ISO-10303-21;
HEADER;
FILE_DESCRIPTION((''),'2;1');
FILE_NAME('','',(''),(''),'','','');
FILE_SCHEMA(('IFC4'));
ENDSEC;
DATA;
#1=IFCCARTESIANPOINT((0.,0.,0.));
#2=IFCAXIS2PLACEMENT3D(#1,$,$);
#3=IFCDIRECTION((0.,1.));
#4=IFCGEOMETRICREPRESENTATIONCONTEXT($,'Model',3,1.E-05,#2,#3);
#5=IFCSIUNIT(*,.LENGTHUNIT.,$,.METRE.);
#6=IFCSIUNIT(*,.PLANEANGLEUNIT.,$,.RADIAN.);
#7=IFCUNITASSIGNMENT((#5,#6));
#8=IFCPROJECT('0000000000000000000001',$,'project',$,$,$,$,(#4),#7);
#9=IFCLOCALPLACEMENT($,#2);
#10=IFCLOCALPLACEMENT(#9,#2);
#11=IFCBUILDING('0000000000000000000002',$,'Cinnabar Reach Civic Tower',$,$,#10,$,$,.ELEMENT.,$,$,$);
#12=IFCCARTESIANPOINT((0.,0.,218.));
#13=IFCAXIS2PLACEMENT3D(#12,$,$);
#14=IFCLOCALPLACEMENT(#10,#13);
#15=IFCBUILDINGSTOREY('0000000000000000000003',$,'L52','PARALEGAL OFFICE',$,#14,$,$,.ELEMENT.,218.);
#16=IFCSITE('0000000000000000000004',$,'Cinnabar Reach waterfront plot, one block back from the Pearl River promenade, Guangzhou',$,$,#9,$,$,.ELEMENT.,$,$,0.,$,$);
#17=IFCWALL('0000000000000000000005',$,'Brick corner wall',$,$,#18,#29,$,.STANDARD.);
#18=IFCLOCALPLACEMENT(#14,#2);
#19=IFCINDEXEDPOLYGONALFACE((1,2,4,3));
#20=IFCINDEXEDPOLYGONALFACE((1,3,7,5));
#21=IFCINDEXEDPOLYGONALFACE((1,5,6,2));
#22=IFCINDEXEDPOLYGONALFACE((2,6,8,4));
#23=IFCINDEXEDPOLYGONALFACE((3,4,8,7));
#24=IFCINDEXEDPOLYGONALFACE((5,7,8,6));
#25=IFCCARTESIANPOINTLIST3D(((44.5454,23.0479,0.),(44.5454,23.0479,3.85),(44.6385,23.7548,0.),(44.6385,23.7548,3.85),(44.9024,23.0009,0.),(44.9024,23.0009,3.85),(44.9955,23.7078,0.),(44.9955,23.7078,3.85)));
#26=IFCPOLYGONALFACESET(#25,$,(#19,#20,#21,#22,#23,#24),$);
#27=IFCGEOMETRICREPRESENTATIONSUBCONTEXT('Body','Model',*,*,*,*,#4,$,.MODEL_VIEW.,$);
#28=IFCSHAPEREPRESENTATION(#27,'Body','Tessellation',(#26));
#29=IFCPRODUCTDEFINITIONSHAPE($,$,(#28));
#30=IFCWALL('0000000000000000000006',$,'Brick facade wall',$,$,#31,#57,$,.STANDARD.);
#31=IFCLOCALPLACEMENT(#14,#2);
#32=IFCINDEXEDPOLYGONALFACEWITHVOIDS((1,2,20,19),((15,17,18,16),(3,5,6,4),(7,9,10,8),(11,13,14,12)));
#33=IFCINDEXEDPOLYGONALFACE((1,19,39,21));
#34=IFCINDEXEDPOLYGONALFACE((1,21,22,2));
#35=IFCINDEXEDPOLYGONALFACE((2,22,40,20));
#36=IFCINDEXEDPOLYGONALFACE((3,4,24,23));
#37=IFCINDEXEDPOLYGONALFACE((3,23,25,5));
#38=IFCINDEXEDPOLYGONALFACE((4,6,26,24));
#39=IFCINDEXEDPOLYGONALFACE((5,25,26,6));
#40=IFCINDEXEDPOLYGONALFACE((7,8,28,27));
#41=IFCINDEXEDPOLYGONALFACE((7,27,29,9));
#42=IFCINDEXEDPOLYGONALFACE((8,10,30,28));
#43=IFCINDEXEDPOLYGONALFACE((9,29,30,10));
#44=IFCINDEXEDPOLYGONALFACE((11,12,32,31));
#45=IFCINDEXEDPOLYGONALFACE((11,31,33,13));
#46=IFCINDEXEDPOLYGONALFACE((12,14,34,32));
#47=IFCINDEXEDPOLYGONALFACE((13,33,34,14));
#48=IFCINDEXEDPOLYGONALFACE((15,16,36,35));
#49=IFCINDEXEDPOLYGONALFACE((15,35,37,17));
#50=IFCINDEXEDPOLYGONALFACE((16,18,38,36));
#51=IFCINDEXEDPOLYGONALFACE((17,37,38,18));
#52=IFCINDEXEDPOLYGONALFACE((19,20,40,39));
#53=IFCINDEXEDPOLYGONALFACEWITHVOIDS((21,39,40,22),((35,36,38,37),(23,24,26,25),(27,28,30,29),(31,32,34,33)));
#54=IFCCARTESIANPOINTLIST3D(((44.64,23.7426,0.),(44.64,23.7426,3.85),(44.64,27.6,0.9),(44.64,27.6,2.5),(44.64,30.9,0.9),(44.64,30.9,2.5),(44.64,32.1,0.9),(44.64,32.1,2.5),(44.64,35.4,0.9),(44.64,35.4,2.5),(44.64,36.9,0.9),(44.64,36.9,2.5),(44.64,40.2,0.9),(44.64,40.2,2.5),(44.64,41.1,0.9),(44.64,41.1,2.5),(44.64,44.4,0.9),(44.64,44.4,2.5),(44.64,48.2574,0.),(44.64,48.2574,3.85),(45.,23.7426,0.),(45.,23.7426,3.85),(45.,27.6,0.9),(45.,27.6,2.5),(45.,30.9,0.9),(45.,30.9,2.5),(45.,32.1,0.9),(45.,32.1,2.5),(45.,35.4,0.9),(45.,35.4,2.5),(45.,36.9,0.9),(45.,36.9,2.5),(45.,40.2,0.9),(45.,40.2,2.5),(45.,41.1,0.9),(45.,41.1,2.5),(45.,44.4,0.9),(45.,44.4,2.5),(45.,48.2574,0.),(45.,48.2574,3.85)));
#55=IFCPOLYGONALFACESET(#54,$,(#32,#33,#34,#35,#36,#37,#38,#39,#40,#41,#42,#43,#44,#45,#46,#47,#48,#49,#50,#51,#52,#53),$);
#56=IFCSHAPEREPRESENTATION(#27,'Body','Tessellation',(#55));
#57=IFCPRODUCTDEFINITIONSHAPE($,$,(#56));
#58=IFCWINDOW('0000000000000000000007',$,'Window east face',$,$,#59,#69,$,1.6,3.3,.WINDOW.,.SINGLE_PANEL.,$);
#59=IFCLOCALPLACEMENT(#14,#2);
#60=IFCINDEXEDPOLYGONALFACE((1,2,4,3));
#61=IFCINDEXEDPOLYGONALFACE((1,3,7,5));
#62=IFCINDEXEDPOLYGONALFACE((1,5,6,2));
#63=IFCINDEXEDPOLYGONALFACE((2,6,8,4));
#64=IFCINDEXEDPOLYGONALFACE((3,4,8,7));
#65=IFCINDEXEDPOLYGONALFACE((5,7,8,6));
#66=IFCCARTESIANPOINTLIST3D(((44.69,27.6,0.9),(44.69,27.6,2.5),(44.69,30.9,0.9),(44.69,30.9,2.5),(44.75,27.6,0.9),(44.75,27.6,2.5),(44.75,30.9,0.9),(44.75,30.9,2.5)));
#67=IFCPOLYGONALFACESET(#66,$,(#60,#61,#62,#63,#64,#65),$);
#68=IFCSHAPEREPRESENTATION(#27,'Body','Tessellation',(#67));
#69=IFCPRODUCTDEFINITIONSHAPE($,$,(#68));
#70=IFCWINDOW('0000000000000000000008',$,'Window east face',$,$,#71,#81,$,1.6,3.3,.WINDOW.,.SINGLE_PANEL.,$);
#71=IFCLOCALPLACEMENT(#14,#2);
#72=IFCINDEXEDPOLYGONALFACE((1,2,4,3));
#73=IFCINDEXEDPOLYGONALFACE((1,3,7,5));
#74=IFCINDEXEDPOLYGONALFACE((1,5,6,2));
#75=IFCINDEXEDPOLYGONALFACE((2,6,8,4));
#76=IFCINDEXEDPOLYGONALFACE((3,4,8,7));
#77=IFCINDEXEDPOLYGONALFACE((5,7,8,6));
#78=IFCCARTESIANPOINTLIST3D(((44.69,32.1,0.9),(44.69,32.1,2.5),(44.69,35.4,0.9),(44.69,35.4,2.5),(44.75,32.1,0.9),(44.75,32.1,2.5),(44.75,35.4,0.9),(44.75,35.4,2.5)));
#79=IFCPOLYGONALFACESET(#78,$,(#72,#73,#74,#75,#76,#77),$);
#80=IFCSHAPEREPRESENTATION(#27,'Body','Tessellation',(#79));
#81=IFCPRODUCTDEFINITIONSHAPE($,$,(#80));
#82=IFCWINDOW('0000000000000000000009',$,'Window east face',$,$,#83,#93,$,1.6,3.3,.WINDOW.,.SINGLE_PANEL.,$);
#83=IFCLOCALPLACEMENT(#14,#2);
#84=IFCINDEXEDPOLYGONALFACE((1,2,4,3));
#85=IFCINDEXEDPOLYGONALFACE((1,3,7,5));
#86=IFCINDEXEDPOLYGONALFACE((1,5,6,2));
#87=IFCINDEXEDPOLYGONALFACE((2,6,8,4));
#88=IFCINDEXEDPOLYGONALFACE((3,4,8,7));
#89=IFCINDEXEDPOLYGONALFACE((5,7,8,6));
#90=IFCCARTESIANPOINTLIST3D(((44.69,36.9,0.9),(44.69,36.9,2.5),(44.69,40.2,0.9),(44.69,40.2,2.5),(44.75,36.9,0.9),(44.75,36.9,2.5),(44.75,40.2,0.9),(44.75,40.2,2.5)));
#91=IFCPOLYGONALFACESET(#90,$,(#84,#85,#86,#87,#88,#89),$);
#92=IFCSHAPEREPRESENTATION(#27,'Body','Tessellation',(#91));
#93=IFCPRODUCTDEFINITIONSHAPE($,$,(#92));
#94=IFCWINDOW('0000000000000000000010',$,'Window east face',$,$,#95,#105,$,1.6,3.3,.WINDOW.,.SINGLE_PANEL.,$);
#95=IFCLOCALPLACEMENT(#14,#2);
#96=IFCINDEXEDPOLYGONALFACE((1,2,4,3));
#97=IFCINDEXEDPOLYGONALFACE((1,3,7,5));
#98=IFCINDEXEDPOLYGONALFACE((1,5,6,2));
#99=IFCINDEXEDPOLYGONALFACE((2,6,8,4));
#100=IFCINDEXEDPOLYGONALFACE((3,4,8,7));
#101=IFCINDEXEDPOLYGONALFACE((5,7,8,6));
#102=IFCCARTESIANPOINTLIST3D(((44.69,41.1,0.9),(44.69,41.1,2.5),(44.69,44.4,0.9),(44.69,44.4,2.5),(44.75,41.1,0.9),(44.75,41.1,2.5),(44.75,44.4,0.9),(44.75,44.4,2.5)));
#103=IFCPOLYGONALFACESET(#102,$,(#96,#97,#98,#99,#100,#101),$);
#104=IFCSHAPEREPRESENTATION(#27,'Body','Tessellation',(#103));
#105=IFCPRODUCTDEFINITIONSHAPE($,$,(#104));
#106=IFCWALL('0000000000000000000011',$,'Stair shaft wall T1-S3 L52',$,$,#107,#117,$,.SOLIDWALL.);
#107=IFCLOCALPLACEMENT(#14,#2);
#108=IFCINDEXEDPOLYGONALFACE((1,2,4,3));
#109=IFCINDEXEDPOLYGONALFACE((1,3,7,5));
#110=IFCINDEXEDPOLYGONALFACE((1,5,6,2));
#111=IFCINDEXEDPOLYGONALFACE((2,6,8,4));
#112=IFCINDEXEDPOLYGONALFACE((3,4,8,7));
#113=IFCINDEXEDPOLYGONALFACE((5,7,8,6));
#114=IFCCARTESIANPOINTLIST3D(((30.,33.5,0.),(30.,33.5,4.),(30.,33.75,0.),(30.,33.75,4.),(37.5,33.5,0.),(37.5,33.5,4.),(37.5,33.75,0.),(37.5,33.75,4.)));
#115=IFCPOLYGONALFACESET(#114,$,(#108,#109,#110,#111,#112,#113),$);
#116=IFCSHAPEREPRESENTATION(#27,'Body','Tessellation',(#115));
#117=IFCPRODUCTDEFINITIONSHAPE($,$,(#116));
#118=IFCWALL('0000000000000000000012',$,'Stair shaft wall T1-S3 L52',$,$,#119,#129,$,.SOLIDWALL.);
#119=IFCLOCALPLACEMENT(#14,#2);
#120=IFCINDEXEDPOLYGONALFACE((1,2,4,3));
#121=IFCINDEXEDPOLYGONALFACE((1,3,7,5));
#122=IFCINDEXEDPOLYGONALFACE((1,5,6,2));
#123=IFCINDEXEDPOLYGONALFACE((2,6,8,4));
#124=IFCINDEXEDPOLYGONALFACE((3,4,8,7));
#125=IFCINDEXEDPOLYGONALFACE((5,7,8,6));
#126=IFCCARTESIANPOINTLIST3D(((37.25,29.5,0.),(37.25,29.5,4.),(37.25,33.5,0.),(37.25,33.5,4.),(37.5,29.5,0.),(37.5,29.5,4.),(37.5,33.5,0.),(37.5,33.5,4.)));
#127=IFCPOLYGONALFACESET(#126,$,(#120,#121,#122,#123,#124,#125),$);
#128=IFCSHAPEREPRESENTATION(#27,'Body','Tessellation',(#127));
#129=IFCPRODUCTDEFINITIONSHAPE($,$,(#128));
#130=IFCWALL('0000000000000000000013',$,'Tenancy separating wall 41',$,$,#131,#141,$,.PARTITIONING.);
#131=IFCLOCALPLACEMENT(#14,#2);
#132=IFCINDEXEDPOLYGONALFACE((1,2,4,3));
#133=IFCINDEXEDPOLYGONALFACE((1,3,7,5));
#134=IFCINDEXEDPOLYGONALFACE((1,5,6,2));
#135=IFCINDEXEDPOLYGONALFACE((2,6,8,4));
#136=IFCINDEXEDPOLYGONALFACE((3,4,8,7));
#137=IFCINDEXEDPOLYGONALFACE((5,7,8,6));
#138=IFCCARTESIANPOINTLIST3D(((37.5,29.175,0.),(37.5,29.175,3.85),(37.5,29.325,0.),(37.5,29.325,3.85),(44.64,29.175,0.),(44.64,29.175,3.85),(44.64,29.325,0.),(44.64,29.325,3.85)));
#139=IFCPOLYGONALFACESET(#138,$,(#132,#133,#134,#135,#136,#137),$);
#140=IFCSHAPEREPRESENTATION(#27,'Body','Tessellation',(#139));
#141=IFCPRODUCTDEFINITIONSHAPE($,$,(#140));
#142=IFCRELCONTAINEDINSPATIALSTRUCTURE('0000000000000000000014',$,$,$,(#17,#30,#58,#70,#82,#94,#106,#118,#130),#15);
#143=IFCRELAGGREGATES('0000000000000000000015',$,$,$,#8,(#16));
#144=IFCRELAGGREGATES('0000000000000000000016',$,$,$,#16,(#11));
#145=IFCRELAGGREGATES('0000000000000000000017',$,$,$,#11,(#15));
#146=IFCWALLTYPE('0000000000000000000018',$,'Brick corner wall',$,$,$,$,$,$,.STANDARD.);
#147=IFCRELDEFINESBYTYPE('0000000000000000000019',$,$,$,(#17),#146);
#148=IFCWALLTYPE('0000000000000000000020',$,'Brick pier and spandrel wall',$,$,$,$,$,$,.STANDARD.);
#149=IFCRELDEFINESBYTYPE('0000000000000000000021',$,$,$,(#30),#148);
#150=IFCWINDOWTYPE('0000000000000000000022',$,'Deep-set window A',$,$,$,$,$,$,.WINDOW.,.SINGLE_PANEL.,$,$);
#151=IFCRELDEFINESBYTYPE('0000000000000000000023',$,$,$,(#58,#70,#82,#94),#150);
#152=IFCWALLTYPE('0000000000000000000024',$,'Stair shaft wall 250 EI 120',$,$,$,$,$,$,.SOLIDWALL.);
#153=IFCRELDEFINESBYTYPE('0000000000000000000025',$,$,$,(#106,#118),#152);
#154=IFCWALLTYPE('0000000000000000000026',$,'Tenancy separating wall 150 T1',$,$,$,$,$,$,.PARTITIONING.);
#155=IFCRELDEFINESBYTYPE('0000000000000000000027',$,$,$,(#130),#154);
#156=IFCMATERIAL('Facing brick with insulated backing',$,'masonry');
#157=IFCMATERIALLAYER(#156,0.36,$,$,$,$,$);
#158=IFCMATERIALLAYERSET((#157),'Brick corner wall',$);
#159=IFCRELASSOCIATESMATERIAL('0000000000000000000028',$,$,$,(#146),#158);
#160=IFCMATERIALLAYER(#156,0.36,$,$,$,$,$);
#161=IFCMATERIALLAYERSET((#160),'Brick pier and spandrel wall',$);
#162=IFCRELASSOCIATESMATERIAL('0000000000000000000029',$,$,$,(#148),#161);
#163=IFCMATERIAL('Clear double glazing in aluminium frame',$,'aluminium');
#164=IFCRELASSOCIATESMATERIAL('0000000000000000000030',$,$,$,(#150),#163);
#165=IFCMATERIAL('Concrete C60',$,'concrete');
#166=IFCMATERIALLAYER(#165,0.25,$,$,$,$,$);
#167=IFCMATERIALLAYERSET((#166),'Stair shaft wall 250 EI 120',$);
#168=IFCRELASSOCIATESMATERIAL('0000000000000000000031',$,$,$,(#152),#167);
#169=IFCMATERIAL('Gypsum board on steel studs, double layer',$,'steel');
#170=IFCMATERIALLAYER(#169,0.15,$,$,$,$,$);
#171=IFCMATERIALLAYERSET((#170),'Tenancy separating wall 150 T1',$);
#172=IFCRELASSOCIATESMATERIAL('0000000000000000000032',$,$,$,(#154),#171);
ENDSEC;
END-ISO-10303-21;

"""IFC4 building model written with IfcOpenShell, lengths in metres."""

from ifc_helpers import new_model, si_unit, direction, frame, frame_2d, origin, place, context, subcontext, project, spatial, rectangle, extrude, material, layer, layer_set, type_object, element, fill, save


model = new_model("IFC4")

# Units and contexts
model_context = context("Model", 3, precision=1e-05, world=origin(), true_north=direction((0.0, 1.0)))
body_context = subcontext(model_context, "Body", "Model", "MODEL_VIEW")
ifc_project = project(units=[si_unit("LENGTHUNIT", "METRE"), si_unit("PLANEANGLEUNIT", "RADIAN")], contexts=[model_context])

# Site, building, storey
site_placement = place(None, origin())
site = spatial("IfcSite", under=ifc_project, at=site_placement, Name="Cinnabar Reach waterfront plot, one block back from the Pearl River promenade, Guangzhou", CompositionType="ELEMENT", RefElevation=0.0)
building_placement = place(site_placement, origin())
building = spatial("IfcBuilding", under=site, at=building_placement, Name="Cinnabar Reach Civic Tower", CompositionType="ELEMENT")
storey_placement = place(building_placement, frame((0.0, 0.0, 218.0)))
storey = spatial("IfcBuildingStorey", under=building, at=storey_placement, Name="L52", Description="PARALEGAL OFFICE", CompositionType="ELEMENT", Elevation=218.0)

# Shared definitions
ifc_material_1 = material(Name="Concrete C60", Category="concrete")

# Wall
ifc_material_2 = material(Name="Facing brick with insulated backing", Category="masonry")
ifc_layer_1 = layer(ifc_material_2, 0.36)
ifc_layer_set_1 = layer_set([ifc_layer_1], Name="Brick corner wall")
wall_type_1 = type_object("IfcWallType", Name="Brick corner wall", PredefinedType="STANDARD", material=ifc_layer_set_1)
wall_1_placement = place(storey_placement, frame((44.7239, 23.0244, 0.0), z_axis=(0.0, 0.0, 1.0), x_axis=(0.130556, 0.991441, 0.0)))
element("IfcWall", 1, at=wall_1_placement, inside=storey, type_object=wall_type_1, Name="Brick corner wall", PredefinedType="STANDARD", context=body_context, shape_type="SweptSolid", body=[
    extrude(rectangle(XDim=0.7131, YDim=0.36, at=frame_2d((0.3565, 0.0))), origin(), (0.0, 0.0, 1.0), 3.85),
])

# Wall, openings, windows
ifc_layer_2 = layer(ifc_material_2, 0.36)
ifc_layer_set_2 = layer_set([ifc_layer_2], Name="Brick pier and spandrel wall")
wall_type_2 = type_object("IfcWallType", Name="Brick pier and spandrel wall", PredefinedType="STANDARD", material=ifc_layer_set_2)
wall_2_placement = place(storey_placement, frame((44.82, 23.7426, 0.0), z_axis=(0.0, 0.0, 1.0), x_axis=(0.0, 1.0, 0.0)))
wall_2 = element("IfcWall", 2, at=wall_2_placement, inside=storey, type_object=wall_type_2, Name="Brick facade wall", PredefinedType="STANDARD", context=body_context, shape_type="SweptSolid", body=[
    extrude(rectangle(XDim=24.5148, YDim=0.36, at=frame_2d((12.2574, 0.0))), origin(), (0.0, 0.0, 1.0), 3.85),
])
opening_1_placement = place(wall_2_placement, frame((3.8574, 0.0, 0.9)))
opening_1 = element("IfcOpeningElement", 3, at=opening_1_placement, cuts=wall_2, PredefinedType="OPENING", context=body_context, shape_type="SweptSolid", body=[
    extrude(rectangle(XDim=3.3, YDim=1.6, at=frame_2d((1.65, 0.8))), frame((0.0, 0.19, 0.0), z_axis=(0.0, -1.0, 0.0), x_axis=(1.0, 0.0, 0.0)), (0.0, 0.0, 1.0), 0.38),
])
opening_2_placement = place(wall_2_placement, frame((8.3574, 0.0, 0.9)))
opening_2 = element("IfcOpeningElement", 4, at=opening_2_placement, cuts=wall_2, PredefinedType="OPENING", context=body_context, shape_type="SweptSolid", body=[
    extrude(rectangle(XDim=3.3, YDim=1.6, at=frame_2d((1.65, 0.8))), frame((0.0, 0.19, 0.0), z_axis=(0.0, -1.0, 0.0), x_axis=(1.0, 0.0, 0.0)), (0.0, 0.0, 1.0), 0.38),
])
opening_3_placement = place(wall_2_placement, frame((13.1574, 0.0, 0.9)))
opening_3 = element("IfcOpeningElement", 5, at=opening_3_placement, cuts=wall_2, PredefinedType="OPENING", context=body_context, shape_type="SweptSolid", body=[
    extrude(rectangle(XDim=3.3, YDim=1.6, at=frame_2d((1.65, 0.8))), frame((0.0, 0.19, 0.0), z_axis=(0.0, -1.0, 0.0), x_axis=(1.0, 0.0, 0.0)), (0.0, 0.0, 1.0), 0.38),
])
opening_4_placement = place(wall_2_placement, frame((17.3574, 0.0, 0.9)))
opening_4 = element("IfcOpeningElement", 6, at=opening_4_placement, cuts=wall_2, PredefinedType="OPENING", context=body_context, shape_type="SweptSolid", body=[
    extrude(rectangle(XDim=3.3, YDim=1.6, at=frame_2d((1.65, 0.8))), frame((0.0, 0.19, 0.0), z_axis=(0.0, -1.0, 0.0), x_axis=(1.0, 0.0, 0.0)), (0.0, 0.0, 1.0), 0.38),
])
ifc_material_3 = material(Name="Clear double glazing in aluminium frame", Category="aluminium")
window_type = type_object("IfcWindowType", Name="Deep-set window A", PartitioningType="SINGLE_PANEL", PredefinedType="WINDOW", material=ifc_material_3)
window_1_placement = place(opening_1_placement, origin())
window_1 = element("IfcWindow", 7, at=window_1_placement, inside=storey, type_object=window_type, Name="Window east face", OverallHeight=1.6, OverallWidth=3.3, PartitioningType="SINGLE_PANEL", PredefinedType="WINDOW", context=body_context, shape_type="SweptSolid", body=[
    extrude(rectangle(XDim=3.3, YDim=1.6, at=frame_2d((1.65, 0.8))), frame((0.0, 0.13, 0.0), z_axis=(0.0, -1.0, 0.0), x_axis=(1.0, 0.0, 0.0)), (0.0, 0.0, 1.0), 0.06),
])
fill(opening_1, window_1)
window_2_placement = place(opening_2_placement, origin())
window_2 = element("IfcWindow", 8, at=window_2_placement, inside=storey, type_object=window_type, Name="Window east face", OverallHeight=1.6, OverallWidth=3.3, PartitioningType="SINGLE_PANEL", PredefinedType="WINDOW", context=body_context, shape_type="SweptSolid", body=[
    extrude(rectangle(XDim=3.3, YDim=1.6, at=frame_2d((1.65, 0.8))), frame((0.0, 0.13, 0.0), z_axis=(0.0, -1.0, 0.0), x_axis=(1.0, 0.0, 0.0)), (0.0, 0.0, 1.0), 0.06),
])
fill(opening_2, window_2)
window_3_placement = place(opening_3_placement, origin())
window_3 = element("IfcWindow", 9, at=window_3_placement, inside=storey, type_object=window_type, Name="Window east face", OverallHeight=1.6, OverallWidth=3.3, PartitioningType="SINGLE_PANEL", PredefinedType="WINDOW", context=body_context, shape_type="SweptSolid", body=[
    extrude(rectangle(XDim=3.3, YDim=1.6, at=frame_2d((1.65, 0.8))), frame((0.0, 0.13, 0.0), z_axis=(0.0, -1.0, 0.0), x_axis=(1.0, 0.0, 0.0)), (0.0, 0.0, 1.0), 0.06),
])
fill(opening_3, window_3)
window_4_placement = place(opening_4_placement, origin())
window_4 = element("IfcWindow", 10, at=window_4_placement, inside=storey, type_object=window_type, Name="Window east face", OverallHeight=1.6, OverallWidth=3.3, PartitioningType="SINGLE_PANEL", PredefinedType="WINDOW", context=body_context, shape_type="SweptSolid", body=[
    extrude(rectangle(XDim=3.3, YDim=1.6, at=frame_2d((1.65, 0.8))), frame((0.0, 0.13, 0.0), z_axis=(0.0, -1.0, 0.0), x_axis=(1.0, 0.0, 0.0)), (0.0, 0.0, 1.0), 0.06),
])
fill(opening_4, window_4)

# Walls
ifc_layer_3 = layer(ifc_material_1, 0.25)
ifc_layer_set_3 = layer_set([ifc_layer_3], Name="Stair shaft wall 250 EI 120")
wall_type_3 = type_object("IfcWallType", Name="Stair shaft wall 250 EI 120", PredefinedType="SOLIDWALL", material=ifc_layer_set_3)
wall_3_placement = place(storey_placement, frame((37.5, 33.625, 0.0), z_axis=(0.0, 0.0, 1.0), x_axis=(-1.0, 0.0, 0.0)))
element("IfcWall", 11, at=wall_3_placement, inside=storey, type_object=wall_type_3, Name="Stair shaft wall T1-S3 L52", PredefinedType="SOLIDWALL", context=body_context, shape_type="SweptSolid", body=[
    extrude(rectangle(XDim=7.5, YDim=0.25, at=frame_2d((3.75, 0.0))), origin(), (0.0, 0.0, 1.0), 4.0),
])
wall_4_placement = place(storey_placement, frame((37.375, 29.5, 0.0), z_axis=(0.0, 0.0, 1.0), x_axis=(0.0, 1.0, 0.0)))
element("IfcWall", 12, at=wall_4_placement, inside=storey, type_object=wall_type_3, Name="Stair shaft wall T1-S3 L52", PredefinedType="SOLIDWALL", context=body_context, shape_type="SweptSolid", body=[
    extrude(rectangle(XDim=4.0, YDim=0.25, at=frame_2d((2.0, 0.0))), origin(), (0.0, 0.0, 1.0), 4.0),
])
ifc_material_4 = material(Name="Gypsum board on steel studs, double layer", Category="steel")
ifc_layer_4 = layer(ifc_material_4, 0.15)
ifc_layer_set_4 = layer_set([ifc_layer_4], Name="Tenancy separating wall 150 T1")
wall_type_4 = type_object("IfcWallType", Name="Tenancy separating wall 150 T1", PredefinedType="PARTITIONING", material=ifc_layer_set_4)
wall_5_placement = place(storey_placement, frame((37.5, 29.25, 0.0), z_axis=(0.0, 0.0, 1.0), x_axis=(1.0, 0.0, 0.0)))
element("IfcWall", 13, at=wall_5_placement, inside=storey, type_object=wall_type_4, Name="Tenancy separating wall 41", PredefinedType="PARTITIONING", context=body_context, shape_type="SweptSolid", body=[
    extrude(rectangle(XDim=7.14, YDim=0.15, at=frame_2d((3.57, 0.0))), origin(), (0.0, 0.0, 1.0), 3.85),
])

save(model, "model.ifc")
